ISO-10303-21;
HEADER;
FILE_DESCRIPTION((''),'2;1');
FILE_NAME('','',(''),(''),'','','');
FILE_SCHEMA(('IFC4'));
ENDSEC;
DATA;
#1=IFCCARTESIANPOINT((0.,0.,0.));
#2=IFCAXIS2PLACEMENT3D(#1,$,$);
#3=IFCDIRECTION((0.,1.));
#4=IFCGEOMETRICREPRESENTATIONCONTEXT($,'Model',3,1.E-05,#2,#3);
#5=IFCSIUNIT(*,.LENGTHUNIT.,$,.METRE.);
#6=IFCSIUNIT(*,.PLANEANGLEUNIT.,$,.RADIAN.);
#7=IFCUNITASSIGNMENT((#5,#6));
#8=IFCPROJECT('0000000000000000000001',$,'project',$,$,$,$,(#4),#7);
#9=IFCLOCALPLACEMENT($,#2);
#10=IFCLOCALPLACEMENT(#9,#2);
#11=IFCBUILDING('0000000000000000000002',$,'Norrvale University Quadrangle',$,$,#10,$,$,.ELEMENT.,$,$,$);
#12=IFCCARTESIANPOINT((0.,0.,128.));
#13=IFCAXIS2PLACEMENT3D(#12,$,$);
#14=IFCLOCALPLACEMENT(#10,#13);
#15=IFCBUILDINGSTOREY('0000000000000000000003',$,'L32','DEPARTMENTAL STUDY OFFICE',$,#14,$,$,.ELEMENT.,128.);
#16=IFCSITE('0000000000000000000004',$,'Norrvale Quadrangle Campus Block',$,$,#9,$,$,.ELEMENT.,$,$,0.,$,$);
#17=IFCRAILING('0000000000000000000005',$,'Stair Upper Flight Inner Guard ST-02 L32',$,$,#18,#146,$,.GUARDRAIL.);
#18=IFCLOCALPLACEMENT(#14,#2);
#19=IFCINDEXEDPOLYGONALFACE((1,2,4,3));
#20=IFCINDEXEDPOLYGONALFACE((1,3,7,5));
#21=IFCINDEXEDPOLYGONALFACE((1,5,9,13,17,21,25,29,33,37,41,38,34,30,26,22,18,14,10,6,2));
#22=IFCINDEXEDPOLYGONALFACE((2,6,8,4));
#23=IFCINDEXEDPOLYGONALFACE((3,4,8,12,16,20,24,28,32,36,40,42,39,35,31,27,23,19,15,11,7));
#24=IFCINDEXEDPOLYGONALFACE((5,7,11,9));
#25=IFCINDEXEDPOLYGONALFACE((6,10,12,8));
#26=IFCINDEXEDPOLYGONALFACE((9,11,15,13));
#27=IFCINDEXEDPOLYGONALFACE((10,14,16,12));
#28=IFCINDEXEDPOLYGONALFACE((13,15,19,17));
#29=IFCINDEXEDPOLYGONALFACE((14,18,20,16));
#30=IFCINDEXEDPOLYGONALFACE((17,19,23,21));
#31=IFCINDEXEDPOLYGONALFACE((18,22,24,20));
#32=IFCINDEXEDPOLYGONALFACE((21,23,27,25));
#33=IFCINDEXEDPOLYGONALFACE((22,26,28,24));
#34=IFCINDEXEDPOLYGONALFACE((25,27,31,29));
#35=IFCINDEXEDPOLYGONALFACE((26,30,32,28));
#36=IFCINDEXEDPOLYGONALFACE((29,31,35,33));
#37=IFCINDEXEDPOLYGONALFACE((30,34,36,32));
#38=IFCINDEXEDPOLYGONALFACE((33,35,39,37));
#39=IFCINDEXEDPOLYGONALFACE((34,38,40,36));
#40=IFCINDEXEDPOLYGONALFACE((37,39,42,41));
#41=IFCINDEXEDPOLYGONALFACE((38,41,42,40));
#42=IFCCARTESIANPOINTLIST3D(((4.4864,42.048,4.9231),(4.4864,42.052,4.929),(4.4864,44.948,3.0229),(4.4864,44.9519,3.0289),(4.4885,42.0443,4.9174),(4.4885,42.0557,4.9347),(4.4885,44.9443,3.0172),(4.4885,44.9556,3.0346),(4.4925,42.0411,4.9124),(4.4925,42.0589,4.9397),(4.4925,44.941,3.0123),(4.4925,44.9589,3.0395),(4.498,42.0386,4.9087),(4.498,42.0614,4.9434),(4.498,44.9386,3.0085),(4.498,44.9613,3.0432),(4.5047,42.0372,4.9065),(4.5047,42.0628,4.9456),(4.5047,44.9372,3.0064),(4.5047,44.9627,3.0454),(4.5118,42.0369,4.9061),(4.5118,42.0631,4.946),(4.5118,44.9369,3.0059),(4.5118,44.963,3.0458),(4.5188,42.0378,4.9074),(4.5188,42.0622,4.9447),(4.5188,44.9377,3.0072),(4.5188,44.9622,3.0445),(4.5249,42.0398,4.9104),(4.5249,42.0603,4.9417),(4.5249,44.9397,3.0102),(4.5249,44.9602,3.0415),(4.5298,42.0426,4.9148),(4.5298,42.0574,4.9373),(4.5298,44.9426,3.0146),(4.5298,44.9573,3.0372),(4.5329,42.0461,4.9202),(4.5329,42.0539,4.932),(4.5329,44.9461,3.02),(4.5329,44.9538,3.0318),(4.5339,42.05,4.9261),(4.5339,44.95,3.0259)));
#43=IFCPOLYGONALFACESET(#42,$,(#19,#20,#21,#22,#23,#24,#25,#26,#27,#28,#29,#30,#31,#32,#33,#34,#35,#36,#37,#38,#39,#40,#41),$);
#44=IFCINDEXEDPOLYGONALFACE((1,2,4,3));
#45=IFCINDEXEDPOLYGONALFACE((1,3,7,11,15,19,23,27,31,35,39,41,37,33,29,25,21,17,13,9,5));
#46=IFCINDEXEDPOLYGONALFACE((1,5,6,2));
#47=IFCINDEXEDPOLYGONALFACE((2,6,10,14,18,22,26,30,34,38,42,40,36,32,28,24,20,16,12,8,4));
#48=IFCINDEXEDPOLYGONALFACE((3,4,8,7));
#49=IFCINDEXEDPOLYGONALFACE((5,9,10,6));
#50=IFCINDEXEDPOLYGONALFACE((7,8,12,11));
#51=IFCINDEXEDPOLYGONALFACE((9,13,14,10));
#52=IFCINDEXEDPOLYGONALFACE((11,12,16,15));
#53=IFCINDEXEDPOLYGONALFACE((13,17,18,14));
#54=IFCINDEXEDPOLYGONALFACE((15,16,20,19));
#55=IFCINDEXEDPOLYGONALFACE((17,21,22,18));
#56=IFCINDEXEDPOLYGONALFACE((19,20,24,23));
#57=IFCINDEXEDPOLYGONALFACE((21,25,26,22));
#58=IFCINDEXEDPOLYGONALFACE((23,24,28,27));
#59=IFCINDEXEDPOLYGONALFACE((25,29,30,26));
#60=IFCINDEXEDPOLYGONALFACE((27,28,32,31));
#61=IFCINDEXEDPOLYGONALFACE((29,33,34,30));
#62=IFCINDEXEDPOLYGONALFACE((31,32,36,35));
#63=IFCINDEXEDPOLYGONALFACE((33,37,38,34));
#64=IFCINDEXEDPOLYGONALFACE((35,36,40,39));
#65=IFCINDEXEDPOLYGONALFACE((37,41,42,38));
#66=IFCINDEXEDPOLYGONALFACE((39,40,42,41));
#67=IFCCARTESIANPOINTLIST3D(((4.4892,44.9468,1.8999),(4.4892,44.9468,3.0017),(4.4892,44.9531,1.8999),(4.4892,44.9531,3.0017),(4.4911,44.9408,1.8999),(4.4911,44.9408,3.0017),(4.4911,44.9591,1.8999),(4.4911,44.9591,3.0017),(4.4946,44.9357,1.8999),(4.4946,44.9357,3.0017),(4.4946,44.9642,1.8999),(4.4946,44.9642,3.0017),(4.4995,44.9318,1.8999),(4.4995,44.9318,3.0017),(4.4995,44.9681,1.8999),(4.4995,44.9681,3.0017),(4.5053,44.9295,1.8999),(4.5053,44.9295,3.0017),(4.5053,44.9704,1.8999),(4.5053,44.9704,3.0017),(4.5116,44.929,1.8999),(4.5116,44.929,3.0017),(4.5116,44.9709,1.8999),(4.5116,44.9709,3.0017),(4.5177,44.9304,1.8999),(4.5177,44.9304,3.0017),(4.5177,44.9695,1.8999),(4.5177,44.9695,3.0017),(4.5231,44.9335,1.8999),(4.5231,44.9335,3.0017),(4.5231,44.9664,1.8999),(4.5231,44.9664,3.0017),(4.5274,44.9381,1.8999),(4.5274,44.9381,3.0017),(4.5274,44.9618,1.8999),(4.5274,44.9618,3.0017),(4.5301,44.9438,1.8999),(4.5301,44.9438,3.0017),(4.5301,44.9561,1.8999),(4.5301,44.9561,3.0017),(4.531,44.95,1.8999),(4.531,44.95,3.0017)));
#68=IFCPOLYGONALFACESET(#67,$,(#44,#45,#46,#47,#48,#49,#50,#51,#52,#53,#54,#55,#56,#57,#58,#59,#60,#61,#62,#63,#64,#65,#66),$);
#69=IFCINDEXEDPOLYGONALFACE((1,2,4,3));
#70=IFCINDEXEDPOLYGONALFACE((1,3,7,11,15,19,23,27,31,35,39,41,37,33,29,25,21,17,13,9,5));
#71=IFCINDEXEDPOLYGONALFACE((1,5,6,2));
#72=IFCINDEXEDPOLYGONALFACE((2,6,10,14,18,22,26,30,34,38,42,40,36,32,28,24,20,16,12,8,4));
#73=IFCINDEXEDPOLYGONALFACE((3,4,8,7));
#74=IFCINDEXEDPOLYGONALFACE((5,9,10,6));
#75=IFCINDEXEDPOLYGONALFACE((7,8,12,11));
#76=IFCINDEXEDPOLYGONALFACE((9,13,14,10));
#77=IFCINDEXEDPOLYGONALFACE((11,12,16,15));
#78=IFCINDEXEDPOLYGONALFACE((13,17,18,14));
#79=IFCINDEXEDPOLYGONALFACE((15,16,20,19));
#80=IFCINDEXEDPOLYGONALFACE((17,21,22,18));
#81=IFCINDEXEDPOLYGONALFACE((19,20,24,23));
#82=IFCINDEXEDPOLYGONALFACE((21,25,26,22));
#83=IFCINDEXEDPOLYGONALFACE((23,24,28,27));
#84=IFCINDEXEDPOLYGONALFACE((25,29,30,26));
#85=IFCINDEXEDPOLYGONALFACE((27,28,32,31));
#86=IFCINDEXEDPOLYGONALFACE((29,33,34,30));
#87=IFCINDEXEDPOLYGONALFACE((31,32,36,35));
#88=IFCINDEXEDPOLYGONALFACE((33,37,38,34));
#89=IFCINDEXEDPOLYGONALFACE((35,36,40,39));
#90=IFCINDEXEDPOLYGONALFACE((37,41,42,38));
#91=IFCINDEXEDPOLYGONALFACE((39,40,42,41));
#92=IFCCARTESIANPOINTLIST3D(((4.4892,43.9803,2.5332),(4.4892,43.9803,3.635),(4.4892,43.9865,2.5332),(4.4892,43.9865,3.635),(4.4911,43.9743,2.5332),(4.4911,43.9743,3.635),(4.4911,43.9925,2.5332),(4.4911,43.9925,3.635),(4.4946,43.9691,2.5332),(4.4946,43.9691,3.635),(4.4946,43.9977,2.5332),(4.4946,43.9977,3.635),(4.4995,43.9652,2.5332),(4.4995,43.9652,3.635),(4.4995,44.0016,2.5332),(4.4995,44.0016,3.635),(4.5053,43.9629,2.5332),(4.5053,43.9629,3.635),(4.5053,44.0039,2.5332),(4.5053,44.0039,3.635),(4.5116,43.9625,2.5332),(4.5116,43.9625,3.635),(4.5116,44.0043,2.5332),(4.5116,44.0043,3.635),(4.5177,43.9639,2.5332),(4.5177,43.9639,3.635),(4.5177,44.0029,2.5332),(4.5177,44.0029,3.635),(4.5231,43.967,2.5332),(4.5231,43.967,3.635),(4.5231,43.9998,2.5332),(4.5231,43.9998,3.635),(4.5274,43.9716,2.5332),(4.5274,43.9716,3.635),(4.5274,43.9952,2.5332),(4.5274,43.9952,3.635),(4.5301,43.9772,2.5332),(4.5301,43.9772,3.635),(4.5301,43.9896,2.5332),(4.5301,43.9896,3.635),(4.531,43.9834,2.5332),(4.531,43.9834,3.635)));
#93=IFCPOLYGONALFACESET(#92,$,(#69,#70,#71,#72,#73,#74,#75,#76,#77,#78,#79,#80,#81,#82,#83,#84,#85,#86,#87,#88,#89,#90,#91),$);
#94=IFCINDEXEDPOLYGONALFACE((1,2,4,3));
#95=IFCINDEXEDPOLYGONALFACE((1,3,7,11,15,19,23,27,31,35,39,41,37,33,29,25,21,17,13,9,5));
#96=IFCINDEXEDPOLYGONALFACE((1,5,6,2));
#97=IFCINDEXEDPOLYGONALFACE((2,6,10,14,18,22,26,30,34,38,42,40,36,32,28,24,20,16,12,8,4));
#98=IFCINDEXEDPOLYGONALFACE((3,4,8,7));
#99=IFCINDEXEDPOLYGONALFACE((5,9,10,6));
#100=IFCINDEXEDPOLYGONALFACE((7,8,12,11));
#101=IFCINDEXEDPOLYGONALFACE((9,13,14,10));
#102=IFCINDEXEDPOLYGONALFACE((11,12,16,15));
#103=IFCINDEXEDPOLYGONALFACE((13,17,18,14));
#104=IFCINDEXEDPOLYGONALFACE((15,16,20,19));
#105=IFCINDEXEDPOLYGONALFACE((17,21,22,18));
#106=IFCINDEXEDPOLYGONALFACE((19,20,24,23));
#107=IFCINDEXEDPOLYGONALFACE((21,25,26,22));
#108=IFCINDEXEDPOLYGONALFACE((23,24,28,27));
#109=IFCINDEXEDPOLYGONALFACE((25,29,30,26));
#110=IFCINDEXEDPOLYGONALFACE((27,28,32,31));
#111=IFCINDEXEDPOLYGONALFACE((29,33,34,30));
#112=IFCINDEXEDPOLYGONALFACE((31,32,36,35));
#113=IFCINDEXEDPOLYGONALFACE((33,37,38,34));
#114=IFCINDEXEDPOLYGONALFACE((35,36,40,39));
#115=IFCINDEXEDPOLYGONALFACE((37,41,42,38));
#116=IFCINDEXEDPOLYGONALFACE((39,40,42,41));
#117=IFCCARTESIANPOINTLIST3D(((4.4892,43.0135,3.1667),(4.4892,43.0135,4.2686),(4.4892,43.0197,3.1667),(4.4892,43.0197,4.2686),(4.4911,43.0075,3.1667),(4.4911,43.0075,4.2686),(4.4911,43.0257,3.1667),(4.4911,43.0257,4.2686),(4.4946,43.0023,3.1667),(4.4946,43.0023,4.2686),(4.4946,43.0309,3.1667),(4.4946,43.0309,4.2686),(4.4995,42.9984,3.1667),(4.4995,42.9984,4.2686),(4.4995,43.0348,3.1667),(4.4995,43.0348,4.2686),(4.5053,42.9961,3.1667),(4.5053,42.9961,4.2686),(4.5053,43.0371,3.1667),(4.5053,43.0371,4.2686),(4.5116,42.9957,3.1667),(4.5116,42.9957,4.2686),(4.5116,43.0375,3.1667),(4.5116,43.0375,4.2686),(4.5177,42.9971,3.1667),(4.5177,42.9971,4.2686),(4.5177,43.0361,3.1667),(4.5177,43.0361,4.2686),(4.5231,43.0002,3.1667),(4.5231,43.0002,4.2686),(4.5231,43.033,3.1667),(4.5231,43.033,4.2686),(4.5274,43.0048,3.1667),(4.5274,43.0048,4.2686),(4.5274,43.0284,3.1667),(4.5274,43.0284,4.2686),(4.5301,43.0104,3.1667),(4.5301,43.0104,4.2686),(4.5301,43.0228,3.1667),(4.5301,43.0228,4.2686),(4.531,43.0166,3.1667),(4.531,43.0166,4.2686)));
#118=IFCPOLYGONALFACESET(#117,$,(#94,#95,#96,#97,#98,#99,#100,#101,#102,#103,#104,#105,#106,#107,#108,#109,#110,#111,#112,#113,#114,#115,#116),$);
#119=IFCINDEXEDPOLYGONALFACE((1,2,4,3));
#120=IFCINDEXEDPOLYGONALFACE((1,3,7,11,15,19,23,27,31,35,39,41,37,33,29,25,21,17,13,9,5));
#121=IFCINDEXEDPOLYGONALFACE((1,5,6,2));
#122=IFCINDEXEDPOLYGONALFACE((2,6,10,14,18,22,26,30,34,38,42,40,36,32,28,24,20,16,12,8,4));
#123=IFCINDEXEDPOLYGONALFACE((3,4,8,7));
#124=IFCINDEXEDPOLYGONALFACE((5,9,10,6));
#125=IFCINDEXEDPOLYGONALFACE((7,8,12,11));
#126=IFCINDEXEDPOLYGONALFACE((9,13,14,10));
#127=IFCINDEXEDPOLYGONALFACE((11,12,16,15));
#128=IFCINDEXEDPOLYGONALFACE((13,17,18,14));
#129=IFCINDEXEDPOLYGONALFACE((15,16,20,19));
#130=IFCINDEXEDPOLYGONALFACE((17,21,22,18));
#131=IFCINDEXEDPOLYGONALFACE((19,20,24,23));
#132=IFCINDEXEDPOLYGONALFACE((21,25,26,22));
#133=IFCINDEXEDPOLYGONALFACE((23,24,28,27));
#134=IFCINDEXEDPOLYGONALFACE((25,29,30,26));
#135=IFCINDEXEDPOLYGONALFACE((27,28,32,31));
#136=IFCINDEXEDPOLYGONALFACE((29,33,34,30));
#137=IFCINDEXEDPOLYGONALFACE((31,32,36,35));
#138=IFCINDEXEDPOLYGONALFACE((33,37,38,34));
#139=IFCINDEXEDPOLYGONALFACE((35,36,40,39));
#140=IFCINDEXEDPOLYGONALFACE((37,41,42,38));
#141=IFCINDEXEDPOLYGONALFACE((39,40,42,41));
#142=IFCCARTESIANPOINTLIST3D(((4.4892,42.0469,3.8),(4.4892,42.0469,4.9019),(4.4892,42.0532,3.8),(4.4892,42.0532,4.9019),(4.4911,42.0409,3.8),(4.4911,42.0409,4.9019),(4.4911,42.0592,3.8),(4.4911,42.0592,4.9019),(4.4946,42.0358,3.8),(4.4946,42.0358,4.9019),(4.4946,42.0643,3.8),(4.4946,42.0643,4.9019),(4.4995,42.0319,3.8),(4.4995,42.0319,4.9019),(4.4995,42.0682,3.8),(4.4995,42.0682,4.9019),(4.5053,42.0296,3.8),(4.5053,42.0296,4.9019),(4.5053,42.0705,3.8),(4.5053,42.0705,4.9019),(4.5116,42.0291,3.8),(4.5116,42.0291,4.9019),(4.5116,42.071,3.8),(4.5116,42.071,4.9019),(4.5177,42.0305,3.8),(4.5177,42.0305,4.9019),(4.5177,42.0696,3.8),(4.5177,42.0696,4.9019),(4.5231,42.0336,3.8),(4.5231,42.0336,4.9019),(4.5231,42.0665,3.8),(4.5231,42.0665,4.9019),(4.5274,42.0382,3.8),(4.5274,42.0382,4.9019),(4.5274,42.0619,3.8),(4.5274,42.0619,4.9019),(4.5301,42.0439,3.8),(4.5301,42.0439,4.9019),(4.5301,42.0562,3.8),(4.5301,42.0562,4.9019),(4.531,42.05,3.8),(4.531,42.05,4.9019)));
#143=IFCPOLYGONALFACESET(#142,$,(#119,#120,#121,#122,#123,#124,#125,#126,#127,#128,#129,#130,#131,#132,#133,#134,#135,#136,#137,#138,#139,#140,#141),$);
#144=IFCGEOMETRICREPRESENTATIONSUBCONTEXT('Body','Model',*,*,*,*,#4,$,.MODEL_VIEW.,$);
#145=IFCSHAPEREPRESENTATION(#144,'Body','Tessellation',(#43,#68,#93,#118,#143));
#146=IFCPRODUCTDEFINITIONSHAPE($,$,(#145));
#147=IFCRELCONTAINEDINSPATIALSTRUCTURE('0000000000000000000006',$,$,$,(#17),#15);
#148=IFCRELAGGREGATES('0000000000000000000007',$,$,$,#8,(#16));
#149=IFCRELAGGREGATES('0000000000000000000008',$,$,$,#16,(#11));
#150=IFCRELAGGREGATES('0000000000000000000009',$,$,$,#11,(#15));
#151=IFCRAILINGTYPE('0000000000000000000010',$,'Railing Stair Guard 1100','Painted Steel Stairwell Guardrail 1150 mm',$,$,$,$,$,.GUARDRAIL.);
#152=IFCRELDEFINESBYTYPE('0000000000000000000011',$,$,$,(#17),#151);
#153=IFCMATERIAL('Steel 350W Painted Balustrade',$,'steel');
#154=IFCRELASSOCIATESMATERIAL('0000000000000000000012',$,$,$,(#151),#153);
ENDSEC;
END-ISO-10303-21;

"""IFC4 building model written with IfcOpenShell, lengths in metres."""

from ifc_helpers import new_model, si_unit, direction, frame, origin, origin_2d, place, context, subcontext, project, spatial, circle, extrude, material, type_object, element, save


model = new_model("IFC4")

# Units and contexts
model_context = context("Model", 3, precision=1e-05, world=origin(), true_north=direction((0.0, 1.0)))
body_context = subcontext(model_context, "Body", "Model", "MODEL_VIEW")
ifc_project = project(units=[si_unit("LENGTHUNIT", "METRE"), si_unit("PLANEANGLEUNIT", "RADIAN")], contexts=[model_context])

# Site, building, storey
site_placement = place(None, origin())
site = spatial("IfcSite", under=ifc_project, at=site_placement, Name="Norrvale Quadrangle Campus Block", CompositionType="ELEMENT", RefElevation=0.0)
building_placement = place(site_placement, origin())
building = spatial("IfcBuilding", under=site, at=building_placement, Name="Norrvale University Quadrangle", CompositionType="ELEMENT")
storey_placement = place(building_placement, frame((0.0, 0.0, 128.0)))
storey = spatial("IfcBuildingStorey", under=building, at=storey_placement, Name="L32", Description="DEPARTMENTAL STUDY OFFICE", CompositionType="ELEMENT", Elevation=128.0)

# Railing
ifc_material_1 = material(Name="Steel 350W Painted Balustrade", Category="steel")
railing_type_1 = type_object("IfcRailingType", Name="Railing Stair Guard 1100", Description="Painted Steel Stairwell Guardrail 1150 mm", PredefinedType="GUARDRAIL", material=ifc_material_1)
railing_1_placement = place(storey_placement, frame((4.51, 44.95, 1.8999)))
element("IfcRailing", 1, at=railing_1_placement, inside=storey, type_object=railing_type_1, Name="Stair Upper Flight Inner Guard ST-02 L32", PredefinedType="GUARDRAIL", context=body_context, shape_type="SweptSolid", body=[
    extrude(circle(Radius=0.0239, at=origin_2d()), frame((0.0, 0.0, 1.126), z_axis=(0.0, -0.836433, 0.548069), x_axis=(1.0, 0.0, 0.0)), (0.0, 0.0, 1.0), 3.467),
    extrude(circle(Radius=0.021, at=origin_2d()), origin(), (0.0, 0.0, 1.0), 1.1018),
    extrude(circle(Radius=0.021, at=origin_2d()), frame((0.0, -0.9666, 0.6333)), (0.0, 0.0, 1.0), 1.1018),
    extrude(circle(Radius=0.021, at=origin_2d()), frame((0.0, -1.9333, 1.2668)), (0.0, 0.0, 1.0), 1.1018),
    extrude(circle(Radius=0.021, at=origin_2d()), frame((0.0, -2.8999, 1.9001)), (0.0, 0.0, 1.0), 1.1018),
])

save(model, "model.ifc")
